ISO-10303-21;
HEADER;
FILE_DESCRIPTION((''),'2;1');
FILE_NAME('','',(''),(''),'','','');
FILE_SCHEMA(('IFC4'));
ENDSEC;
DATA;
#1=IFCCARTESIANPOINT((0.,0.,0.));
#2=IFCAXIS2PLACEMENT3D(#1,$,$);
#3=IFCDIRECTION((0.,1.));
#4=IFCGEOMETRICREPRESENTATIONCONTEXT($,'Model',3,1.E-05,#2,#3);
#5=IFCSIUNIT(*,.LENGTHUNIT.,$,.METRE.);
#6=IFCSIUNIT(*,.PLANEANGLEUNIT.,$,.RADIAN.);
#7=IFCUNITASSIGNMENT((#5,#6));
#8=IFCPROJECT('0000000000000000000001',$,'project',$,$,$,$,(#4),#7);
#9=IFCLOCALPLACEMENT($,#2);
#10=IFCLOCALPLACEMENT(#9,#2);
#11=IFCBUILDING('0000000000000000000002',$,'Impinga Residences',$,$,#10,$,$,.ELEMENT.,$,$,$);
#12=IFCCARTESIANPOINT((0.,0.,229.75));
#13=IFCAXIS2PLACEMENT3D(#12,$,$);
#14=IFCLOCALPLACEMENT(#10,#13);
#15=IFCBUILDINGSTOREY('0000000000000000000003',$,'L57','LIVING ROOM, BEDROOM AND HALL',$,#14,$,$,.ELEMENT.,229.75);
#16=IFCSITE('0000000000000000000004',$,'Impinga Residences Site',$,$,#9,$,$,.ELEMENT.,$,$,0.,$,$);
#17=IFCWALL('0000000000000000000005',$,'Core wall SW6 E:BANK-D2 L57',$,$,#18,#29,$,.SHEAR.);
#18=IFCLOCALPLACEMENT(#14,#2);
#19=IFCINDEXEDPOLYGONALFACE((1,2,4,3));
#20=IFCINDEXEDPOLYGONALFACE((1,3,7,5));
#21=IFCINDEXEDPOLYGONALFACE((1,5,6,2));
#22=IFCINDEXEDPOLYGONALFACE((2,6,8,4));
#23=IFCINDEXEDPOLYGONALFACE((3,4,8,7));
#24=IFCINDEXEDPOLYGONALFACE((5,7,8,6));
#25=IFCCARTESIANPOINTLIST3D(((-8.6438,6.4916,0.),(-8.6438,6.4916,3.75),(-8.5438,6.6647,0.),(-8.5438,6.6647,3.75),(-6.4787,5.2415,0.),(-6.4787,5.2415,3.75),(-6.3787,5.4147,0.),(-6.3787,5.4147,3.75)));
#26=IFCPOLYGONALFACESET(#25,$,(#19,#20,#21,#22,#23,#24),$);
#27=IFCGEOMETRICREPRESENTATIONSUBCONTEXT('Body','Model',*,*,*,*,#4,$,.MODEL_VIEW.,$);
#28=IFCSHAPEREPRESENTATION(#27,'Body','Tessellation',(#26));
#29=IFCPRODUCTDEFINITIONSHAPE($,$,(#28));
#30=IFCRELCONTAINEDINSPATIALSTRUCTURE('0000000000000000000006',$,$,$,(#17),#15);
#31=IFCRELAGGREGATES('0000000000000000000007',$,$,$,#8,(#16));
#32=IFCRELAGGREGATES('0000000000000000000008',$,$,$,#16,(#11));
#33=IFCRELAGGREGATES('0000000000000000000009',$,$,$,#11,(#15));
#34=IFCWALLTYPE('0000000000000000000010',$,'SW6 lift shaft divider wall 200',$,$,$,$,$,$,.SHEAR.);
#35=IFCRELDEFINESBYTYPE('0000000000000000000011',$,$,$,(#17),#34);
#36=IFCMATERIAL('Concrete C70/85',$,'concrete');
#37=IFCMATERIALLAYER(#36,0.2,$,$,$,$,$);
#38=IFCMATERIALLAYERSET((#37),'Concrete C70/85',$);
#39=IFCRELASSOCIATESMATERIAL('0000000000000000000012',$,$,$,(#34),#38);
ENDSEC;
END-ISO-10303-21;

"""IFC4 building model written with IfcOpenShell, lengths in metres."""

from ifc_helpers import new_model, si_unit, direction, frame, frame_2d, origin, place, context, subcontext, project, spatial, rectangle, extrude, material, layer, layer_set, type_object, element, save


model = new_model("IFC4")

# Units and contexts
model_context = context("Model", 3, precision=1e-05, world=origin(), true_north=direction((0.0, 1.0)))
body_context = subcontext(model_context, "Body", "Model", "MODEL_VIEW")
ifc_project = project(units=[si_unit("LENGTHUNIT", "METRE"), si_unit("PLANEANGLEUNIT", "RADIAN")], contexts=[model_context])

# Site, building, storey
site_placement = place(None, origin())
site = spatial("IfcSite", under=ifc_project, at=site_placement, Name="Impinga Residences Site", CompositionType="ELEMENT", RefElevation=0.0)
building_placement = place(site_placement, origin())
building = spatial("IfcBuilding", under=site, at=building_placement, Name="Impinga Residences", CompositionType="ELEMENT")
storey_placement = place(building_placement, frame((0.0, 0.0, 229.75)))
storey = spatial("IfcBuildingStorey", under=building, at=storey_placement, Name="L57", Description="LIVING ROOM, BEDROOM AND HALL", CompositionType="ELEMENT", Elevation=229.75)

# Wall
ifc_material_1 = material(Name="Concrete C70/85", Category="concrete")
ifc_layer_1 = layer(ifc_material_1, 0.2)
ifc_layer_set_1 = layer_set([ifc_layer_1], Name="Concrete C70/85")
wall_type_1 = type_object("IfcWallType", Name="SW6 lift shaft divider wall 200", PredefinedType="SHEAR", material=ifc_layer_set_1)
wall_1_placement = place(storey_placement, frame((-6.4287, 5.3281, 0.0), z_axis=(0.0, 0.0, 1.0), x_axis=(-0.866023, 0.500004, 0.0)))
element("IfcWall", 1, at=wall_1_placement, inside=storey, type_object=wall_type_1, Name="Core wall SW6 E:BANK-D2 L57", PredefinedType="SHEAR", context=body_context, shape_type="SweptSolid", body=[
    extrude(rectangle(XDim=2.5, YDim=0.2, at=frame_2d((1.25, 0.0))), origin(), (0.0, 0.0, 1.0), 3.75),
])

save(model, "model.ifc")
